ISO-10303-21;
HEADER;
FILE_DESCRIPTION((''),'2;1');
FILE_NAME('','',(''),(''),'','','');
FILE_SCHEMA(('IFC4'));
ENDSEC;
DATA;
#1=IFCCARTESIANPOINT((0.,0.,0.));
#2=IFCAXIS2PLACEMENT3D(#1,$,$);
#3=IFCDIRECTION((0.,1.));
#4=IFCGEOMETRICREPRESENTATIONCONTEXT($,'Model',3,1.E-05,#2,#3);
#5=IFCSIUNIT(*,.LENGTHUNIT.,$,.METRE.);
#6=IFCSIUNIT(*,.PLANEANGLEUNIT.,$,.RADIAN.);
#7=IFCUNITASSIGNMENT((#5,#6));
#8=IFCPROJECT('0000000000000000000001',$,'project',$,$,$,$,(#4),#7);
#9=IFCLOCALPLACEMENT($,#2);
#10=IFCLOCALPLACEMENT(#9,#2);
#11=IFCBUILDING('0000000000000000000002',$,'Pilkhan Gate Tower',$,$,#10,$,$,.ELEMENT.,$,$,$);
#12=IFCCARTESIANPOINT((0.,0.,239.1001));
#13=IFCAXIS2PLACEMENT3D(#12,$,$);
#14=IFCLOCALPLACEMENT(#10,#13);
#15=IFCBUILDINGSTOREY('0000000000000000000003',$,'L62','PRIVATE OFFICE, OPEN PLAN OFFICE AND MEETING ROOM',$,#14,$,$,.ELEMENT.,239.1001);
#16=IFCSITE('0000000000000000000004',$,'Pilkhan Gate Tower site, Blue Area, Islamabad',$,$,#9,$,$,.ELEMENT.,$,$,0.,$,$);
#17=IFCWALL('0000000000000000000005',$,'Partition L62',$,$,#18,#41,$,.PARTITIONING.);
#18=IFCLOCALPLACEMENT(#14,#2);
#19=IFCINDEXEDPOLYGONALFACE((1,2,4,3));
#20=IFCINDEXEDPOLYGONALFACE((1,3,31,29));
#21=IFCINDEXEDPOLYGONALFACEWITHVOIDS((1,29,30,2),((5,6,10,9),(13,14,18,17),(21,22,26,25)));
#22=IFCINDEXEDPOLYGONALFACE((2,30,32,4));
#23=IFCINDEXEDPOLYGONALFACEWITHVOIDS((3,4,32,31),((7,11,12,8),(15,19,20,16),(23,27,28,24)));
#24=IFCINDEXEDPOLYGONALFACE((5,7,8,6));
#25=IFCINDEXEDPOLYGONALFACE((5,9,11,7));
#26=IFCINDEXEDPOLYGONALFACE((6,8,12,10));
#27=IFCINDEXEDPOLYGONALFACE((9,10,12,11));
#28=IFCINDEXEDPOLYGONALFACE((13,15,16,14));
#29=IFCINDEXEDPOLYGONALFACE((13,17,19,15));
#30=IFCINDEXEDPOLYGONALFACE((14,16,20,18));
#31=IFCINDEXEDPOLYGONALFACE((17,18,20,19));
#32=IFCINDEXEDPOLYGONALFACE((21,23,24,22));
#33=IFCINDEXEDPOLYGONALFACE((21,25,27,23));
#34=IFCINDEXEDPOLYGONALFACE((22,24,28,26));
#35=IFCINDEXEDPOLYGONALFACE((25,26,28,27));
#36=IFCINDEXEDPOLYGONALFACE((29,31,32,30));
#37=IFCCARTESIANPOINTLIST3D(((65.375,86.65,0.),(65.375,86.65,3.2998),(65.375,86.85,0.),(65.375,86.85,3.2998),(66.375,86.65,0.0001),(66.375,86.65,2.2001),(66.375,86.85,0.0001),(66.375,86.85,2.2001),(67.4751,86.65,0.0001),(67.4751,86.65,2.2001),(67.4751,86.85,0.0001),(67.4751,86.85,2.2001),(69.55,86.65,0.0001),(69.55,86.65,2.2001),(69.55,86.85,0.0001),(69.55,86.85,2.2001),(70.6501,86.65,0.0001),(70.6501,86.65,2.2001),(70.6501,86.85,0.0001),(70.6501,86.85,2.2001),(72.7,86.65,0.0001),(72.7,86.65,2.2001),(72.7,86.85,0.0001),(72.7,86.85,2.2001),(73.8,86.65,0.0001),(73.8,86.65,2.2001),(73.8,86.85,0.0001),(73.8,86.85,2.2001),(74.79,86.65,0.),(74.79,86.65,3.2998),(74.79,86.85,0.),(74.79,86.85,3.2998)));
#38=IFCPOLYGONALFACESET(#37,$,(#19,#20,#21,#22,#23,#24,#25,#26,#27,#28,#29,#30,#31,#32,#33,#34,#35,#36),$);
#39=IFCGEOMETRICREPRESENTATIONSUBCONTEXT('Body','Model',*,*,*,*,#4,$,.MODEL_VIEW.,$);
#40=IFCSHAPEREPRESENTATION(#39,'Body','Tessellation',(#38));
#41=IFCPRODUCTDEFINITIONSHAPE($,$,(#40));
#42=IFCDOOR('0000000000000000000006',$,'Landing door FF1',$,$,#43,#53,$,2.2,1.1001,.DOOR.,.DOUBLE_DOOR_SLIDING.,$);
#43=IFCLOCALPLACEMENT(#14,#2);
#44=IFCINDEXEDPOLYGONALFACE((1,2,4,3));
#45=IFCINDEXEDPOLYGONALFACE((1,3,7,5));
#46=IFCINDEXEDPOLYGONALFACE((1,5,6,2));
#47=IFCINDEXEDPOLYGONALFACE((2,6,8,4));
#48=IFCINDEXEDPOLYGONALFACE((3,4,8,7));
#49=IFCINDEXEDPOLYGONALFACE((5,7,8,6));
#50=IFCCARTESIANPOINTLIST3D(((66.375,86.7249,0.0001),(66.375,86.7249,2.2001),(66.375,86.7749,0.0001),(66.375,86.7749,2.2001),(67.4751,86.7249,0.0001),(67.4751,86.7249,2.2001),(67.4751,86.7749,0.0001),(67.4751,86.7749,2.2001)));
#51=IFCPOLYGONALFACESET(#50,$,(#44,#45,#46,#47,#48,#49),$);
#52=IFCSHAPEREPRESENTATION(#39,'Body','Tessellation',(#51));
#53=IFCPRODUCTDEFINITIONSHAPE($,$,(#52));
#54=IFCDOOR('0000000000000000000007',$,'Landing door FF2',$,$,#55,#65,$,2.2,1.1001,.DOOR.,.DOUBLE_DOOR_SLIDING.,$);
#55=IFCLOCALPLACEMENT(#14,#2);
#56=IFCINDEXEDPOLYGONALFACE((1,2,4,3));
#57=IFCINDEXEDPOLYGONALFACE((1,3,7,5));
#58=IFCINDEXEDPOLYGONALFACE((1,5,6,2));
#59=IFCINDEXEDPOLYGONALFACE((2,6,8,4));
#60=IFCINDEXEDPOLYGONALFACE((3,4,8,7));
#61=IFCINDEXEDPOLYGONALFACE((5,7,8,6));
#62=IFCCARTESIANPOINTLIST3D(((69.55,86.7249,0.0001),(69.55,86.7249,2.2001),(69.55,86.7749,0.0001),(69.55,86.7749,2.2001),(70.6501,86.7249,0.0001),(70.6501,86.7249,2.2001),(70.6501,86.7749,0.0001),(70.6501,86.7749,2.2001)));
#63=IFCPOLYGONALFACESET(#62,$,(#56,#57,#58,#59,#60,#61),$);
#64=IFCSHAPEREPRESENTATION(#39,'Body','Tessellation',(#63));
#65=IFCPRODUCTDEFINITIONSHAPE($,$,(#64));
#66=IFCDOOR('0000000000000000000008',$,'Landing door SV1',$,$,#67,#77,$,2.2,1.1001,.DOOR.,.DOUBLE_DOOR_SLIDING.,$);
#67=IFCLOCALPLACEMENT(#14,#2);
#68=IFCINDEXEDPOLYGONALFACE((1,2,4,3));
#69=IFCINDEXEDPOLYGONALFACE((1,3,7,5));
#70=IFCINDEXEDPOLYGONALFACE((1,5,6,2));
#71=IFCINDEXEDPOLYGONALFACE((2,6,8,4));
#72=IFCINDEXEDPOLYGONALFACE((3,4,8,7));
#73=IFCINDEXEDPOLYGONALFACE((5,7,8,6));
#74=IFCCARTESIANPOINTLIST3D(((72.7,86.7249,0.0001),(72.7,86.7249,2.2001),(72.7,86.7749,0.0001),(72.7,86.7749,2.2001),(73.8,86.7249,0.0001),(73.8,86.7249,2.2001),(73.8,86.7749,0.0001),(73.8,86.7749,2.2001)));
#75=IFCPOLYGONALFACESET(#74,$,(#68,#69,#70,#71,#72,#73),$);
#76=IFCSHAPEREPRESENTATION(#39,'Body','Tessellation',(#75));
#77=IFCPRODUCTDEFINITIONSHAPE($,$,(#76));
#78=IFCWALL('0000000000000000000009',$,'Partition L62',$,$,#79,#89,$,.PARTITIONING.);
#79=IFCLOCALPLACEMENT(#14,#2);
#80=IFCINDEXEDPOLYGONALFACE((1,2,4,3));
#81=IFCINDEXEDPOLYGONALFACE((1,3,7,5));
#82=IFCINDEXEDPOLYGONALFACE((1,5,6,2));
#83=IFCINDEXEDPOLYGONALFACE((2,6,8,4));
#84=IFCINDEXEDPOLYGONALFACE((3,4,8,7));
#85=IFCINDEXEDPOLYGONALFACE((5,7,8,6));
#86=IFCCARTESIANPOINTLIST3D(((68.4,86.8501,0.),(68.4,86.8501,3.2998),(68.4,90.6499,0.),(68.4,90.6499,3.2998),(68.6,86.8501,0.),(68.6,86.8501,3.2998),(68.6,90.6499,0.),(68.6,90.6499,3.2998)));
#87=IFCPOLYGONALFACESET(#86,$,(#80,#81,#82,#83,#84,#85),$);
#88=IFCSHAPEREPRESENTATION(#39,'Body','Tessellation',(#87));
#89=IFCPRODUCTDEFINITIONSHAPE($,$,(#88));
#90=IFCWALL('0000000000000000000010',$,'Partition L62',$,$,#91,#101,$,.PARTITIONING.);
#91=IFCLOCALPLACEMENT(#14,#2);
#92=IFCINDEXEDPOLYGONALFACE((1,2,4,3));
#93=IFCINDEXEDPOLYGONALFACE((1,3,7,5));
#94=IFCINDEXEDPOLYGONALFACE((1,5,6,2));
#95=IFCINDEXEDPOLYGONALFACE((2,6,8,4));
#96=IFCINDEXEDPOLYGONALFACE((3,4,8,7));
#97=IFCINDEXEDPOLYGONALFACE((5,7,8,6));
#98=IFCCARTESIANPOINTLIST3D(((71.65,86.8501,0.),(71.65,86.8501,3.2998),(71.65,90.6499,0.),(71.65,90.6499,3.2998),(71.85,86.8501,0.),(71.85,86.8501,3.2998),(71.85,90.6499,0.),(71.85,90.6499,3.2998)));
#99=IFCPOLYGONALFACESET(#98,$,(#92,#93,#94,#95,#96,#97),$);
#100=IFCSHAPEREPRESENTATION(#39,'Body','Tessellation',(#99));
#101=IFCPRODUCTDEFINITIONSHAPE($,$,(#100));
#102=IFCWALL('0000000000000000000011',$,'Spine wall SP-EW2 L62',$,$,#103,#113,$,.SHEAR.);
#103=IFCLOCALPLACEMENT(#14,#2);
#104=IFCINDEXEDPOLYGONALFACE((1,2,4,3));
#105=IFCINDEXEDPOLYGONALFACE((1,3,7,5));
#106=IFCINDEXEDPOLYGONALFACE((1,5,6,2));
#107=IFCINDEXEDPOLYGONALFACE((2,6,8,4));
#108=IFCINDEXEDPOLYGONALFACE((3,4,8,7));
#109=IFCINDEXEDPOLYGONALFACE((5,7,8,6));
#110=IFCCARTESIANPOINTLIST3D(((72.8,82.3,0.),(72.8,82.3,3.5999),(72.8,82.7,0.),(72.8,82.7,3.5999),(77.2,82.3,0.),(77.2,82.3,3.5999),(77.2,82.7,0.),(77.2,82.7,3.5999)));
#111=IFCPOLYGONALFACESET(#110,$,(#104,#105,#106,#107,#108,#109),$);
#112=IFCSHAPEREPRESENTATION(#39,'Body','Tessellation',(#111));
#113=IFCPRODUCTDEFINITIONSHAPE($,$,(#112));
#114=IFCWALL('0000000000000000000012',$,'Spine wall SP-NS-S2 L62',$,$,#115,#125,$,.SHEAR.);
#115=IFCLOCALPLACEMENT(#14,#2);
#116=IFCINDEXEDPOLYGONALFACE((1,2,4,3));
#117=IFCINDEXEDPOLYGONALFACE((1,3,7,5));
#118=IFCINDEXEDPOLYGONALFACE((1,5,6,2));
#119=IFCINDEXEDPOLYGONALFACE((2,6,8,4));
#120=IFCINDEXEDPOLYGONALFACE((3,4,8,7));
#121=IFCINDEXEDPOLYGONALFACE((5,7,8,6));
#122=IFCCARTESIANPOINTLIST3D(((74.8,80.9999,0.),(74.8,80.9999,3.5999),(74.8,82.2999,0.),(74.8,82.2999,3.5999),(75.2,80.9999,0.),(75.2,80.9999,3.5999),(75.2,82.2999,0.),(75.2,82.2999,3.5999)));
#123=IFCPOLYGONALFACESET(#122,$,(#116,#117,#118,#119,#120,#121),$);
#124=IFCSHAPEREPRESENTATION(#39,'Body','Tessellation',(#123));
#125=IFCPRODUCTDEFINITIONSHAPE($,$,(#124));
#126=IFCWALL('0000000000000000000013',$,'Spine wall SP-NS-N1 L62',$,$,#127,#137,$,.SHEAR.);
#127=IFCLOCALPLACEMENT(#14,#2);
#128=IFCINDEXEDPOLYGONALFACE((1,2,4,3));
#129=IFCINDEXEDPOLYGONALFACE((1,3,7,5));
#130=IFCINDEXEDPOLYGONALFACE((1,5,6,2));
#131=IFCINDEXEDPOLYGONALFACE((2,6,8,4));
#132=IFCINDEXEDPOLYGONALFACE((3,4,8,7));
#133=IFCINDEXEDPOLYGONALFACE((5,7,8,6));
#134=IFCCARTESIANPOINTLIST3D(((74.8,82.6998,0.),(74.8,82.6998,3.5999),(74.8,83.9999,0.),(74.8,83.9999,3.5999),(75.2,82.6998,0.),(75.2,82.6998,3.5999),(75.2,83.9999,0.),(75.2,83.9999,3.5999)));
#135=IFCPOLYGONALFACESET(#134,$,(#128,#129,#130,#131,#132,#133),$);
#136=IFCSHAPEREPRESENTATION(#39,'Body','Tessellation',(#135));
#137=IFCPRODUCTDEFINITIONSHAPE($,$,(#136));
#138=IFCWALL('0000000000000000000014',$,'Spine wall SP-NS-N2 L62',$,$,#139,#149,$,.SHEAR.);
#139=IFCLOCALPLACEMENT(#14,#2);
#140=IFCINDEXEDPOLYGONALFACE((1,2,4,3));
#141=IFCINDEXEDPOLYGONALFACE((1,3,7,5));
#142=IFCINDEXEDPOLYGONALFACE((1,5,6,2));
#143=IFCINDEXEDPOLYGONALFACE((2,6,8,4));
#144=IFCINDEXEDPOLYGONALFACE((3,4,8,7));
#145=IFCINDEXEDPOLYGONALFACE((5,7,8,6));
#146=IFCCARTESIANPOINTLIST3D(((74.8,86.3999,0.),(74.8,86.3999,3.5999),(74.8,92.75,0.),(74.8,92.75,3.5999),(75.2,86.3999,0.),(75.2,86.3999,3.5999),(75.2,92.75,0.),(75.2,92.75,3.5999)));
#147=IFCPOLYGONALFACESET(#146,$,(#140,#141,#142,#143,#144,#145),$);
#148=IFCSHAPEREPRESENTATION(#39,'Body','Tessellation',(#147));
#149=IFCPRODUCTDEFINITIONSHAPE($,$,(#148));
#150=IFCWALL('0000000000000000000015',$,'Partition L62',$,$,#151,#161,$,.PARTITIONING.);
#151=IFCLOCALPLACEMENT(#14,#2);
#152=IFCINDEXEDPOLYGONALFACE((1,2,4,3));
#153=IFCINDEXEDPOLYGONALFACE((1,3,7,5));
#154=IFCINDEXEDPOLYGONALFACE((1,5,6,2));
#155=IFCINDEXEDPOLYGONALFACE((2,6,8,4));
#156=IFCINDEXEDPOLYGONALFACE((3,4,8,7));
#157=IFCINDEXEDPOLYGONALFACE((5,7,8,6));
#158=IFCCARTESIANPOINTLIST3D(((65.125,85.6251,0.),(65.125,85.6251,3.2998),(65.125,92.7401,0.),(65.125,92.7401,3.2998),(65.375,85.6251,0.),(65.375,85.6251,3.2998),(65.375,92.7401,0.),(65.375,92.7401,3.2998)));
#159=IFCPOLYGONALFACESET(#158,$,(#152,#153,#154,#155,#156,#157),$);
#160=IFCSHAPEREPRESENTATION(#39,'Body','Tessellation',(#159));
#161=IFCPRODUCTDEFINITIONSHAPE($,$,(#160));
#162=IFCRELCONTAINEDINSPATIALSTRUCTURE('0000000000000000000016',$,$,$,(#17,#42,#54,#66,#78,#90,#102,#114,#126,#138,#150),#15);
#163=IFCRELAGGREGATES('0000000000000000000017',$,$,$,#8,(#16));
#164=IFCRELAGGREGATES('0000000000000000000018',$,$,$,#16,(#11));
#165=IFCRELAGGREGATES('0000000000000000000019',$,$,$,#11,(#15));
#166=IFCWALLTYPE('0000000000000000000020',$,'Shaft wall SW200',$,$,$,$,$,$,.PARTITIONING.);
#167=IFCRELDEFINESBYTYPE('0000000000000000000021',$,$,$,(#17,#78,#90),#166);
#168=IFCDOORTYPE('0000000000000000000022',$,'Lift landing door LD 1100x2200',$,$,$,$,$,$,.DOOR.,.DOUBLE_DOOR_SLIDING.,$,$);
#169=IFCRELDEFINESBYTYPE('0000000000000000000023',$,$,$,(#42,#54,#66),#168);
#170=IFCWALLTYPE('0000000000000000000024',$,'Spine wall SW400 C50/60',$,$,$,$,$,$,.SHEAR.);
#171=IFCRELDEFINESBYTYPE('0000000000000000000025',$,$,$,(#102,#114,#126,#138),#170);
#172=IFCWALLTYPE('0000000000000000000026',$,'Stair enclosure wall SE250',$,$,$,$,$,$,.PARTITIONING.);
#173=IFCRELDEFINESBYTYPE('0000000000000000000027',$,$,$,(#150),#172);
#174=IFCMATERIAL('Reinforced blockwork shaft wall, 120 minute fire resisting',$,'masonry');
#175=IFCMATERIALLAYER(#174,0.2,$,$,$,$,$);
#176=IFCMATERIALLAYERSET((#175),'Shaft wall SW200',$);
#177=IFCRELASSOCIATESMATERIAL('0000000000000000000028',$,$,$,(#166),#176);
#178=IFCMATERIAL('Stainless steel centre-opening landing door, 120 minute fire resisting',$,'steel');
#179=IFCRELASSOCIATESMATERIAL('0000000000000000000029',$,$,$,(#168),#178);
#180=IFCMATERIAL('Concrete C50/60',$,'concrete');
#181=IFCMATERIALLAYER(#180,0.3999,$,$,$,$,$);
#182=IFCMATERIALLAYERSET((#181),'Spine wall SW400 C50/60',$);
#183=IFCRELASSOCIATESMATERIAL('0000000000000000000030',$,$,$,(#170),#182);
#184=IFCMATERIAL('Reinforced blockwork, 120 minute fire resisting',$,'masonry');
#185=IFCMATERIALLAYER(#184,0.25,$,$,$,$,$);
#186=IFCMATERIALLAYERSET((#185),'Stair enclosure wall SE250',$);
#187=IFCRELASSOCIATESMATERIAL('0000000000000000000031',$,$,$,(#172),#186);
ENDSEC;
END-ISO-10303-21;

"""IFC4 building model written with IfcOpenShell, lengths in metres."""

from ifc_helpers import new_model, si_unit, direction, frame, frame_2d, origin, place, context, subcontext, project, spatial, rectangle, extrude, material, layer, layer_set, type_object, element, fill, save


model = new_model("IFC4")

# Units and contexts
model_context = context("Model", 3, precision=1e-05, world=origin(), true_north=direction((0.0, 1.0)))
body_context = subcontext(model_context, "Body", "Model", "MODEL_VIEW")
ifc_project = project(units=[si_unit("LENGTHUNIT", "METRE"), si_unit("PLANEANGLEUNIT", "RADIAN")], contexts=[model_context])

# Site, building, storey
site_placement = place(None, origin())
site = spatial("IfcSite", under=ifc_project, at=site_placement, Name="Pilkhan Gate Tower site, Blue Area, Islamabad", CompositionType="ELEMENT", RefElevation=0.0)
building_placement = place(site_placement, origin())
building = spatial("IfcBuilding", under=site, at=building_placement, Name="Pilkhan Gate Tower", CompositionType="ELEMENT")
storey_placement = place(building_placement, frame((0.0, 0.0, 239.1001)))
storey = spatial("IfcBuildingStorey", under=building, at=storey_placement, Name="L62", Description="PRIVATE OFFICE, OPEN PLAN OFFICE AND MEETING ROOM", CompositionType="ELEMENT", Elevation=239.1001)

# Shared definitions
ifc_material_1 = material(Name="Concrete C50/60", Category="concrete")

# Wall, openings, doors
ifc_material_2 = material(Name="Reinforced blockwork shaft wall, 120 minute fire resisting", Category="masonry")
ifc_layer_1 = layer(ifc_material_2, 0.2)
ifc_layer_set_1 = layer_set([ifc_layer_1], Name="Shaft wall SW200")
wall_type_1 = type_object("IfcWallType", Name="Shaft wall SW200", PredefinedType="PARTITIONING", material=ifc_layer_set_1)
wall_1_placement = place(storey_placement, frame((65.375, 86.75, 0.0), z_axis=(0.0, 0.0, 1.0), x_axis=(1.0, 0.0, 0.0)))
wall_1 = element("IfcWall", 1, at=wall_1_placement, inside=storey, type_object=wall_type_1, Name="Partition L62", PredefinedType="PARTITIONING", context=body_context, shape_type="SweptSolid", body=[
    extrude(rectangle(XDim=9.415, YDim=0.2, at=frame_2d((4.7075, 0.0))), origin(), (0.0, 0.0, 1.0), 3.2998),
])
opening_1_placement = place(wall_1_placement, frame((1.0, 0.0, 0.0)))
opening_1 = element("IfcOpeningElement", 2, at=opening_1_placement, cuts=wall_1, PredefinedType="OPENING", context=body_context, shape_type="SweptSolid", body=[
    extrude(rectangle(XDim=1.1001, YDim=2.2, at=frame_2d((0.55, 1.1001))), frame((0.0, 0.1099, 0.0), z_axis=(0.0, -1.0, 0.0), x_axis=(1.0, 0.0, 0.0)), (0.0, 0.0, 1.0), 0.22),
])
opening_2_placement = place(wall_1_placement, frame((4.175, 0.0, 0.0)))
opening_2 = element("IfcOpeningElement", 3, at=opening_2_placement, cuts=wall_1, PredefinedType="OPENING", context=body_context, shape_type="SweptSolid", body=[
    extrude(rectangle(XDim=1.1001, YDim=2.2, at=frame_2d((0.55, 1.1001))), frame((0.0, 0.1099, 0.0), z_axis=(0.0, -1.0, 0.0), x_axis=(1.0, 0.0, 0.0)), (0.0, 0.0, 1.0), 0.22),
])
opening_3_placement = place(wall_1_placement, frame((7.325, 0.0, 0.0)))
opening_3 = element("IfcOpeningElement", 4, at=opening_3_placement, cuts=wall_1, PredefinedType="OPENING", context=body_context, shape_type="SweptSolid", body=[
    extrude(rectangle(XDim=1.1001, YDim=2.2, at=frame_2d((0.55, 1.1001))), frame((0.0, 0.1099, 0.0), z_axis=(0.0, -1.0, 0.0), x_axis=(1.0, 0.0, 0.0)), (0.0, 0.0, 1.0), 0.22),
])
ifc_material_3 = material(Name="Stainless steel centre-opening landing door, 120 minute fire resisting", Category="steel")
door_type_1 = type_object("IfcDoorType", Name="Lift landing door LD 1100x2200", OperationType="DOUBLE_DOOR_SLIDING", PredefinedType="DOOR", material=ifc_material_3)
door_1_placement = place(opening_1_placement, origin())
door_1 = element("IfcDoor", 5, at=door_1_placement, inside=storey, type_object=door_type_1, Name="Landing door FF1", OperationType="DOUBLE_DOOR_SLIDING", OverallHeight=2.2, OverallWidth=1.1001, PredefinedType="DOOR", context=body_context, shape_type="SweptSolid", body=[
    extrude(rectangle(XDim=1.1001, YDim=2.2, at=frame_2d((0.55, 1.1001))), frame((0.0, 0.0249, 0.0), z_axis=(0.0, -1.0, 0.0), x_axis=(1.0, 0.0, 0.0)), (0.0, 0.0, 1.0), 0.05),
])
fill(opening_1, door_1)
door_2_placement = place(opening_2_placement, origin())
door_2 = element("IfcDoor", 6, at=door_2_placement, inside=storey, type_object=door_type_1, Name="Landing door FF2", OperationType="DOUBLE_DOOR_SLIDING", OverallHeight=2.2, OverallWidth=1.1001, PredefinedType="DOOR", context=body_context, shape_type="SweptSolid", body=[
    extrude(rectangle(XDim=1.1001, YDim=2.2, at=frame_2d((0.55, 1.1001))), frame((0.0, 0.0249, 0.0), z_axis=(0.0, -1.0, 0.0), x_axis=(1.0, 0.0, 0.0)), (0.0, 0.0, 1.0), 0.05),
])
fill(opening_2, door_2)
door_3_placement = place(opening_3_placement, origin())
door_3 = element("IfcDoor", 7, at=door_3_placement, inside=storey, type_object=door_type_1, Name="Landing door SV1", OperationType="DOUBLE_DOOR_SLIDING", OverallHeight=2.2, OverallWidth=1.1001, PredefinedType="DOOR", context=body_context, shape_type="SweptSolid", body=[
    extrude(rectangle(XDim=1.1001, YDim=2.2, at=frame_2d((0.55, 1.1001))), frame((0.0, 0.0249, 0.0), z_axis=(0.0, -1.0, 0.0), x_axis=(1.0, 0.0, 0.0)), (0.0, 0.0, 1.0), 0.05),
])
fill(opening_3, door_3)

# Walls
for number, where, z_axis, x_axis, name in (
    (8, (68.5, 86.8501, 0.0), (0.0, 0.0, 1.0), (0.0, 1.0, 0.0), "Partition L62"),
    (9, (71.75, 86.8501, 0.0), (0.0, 0.0, 1.0), (0.0, 1.0, 0.0), "Partition L62"),
):
    element("IfcWall", number, at=place(storey_placement, frame(where, z_axis=z_axis, x_axis=x_axis)), inside=storey, type_object=wall_type_1, Name=name, PredefinedType="PARTITIONING", context=body_context, shape_type="SweptSolid", body=[
        extrude(rectangle(XDim=3.7998, YDim=0.2, at=frame_2d((1.8999, 0.0))), origin(), (0.0, 0.0, 1.0), 3.2998),
    ])
ifc_layer_2 = layer(ifc_material_1, 0.3999)
ifc_layer_set_2 = layer_set([ifc_layer_2], Name="Spine wall SW400 C50/60")
wall_type_2 = type_object("IfcWallType", Name="Spine wall SW400 C50/60", PredefinedType="SHEAR", material=ifc_layer_set_2)
wall_2_placement = place(storey_placement, frame((72.8, 82.5, 0.0), z_axis=(0.0, 0.0, 1.0), x_axis=(1.0, 0.0, 0.0)))
element("IfcWall", 10, at=wall_2_placement, inside=storey, type_object=wall_type_2, Name="Spine wall SP-EW2 L62", PredefinedType="SHEAR", context=body_context, shape_type="SweptSolid", body=[
    extrude(rectangle(XDim=4.3999, YDim=0.3999, at=frame_2d((2.2, 0.0))), origin(), (0.0, 0.0, 1.0), 3.5999),
])
for number, where, z_axis, x_axis, name in (
    (11, (75.0, 81.0, 0.0), (0.0, 0.0, 1.0), (0.0, 1.0, 0.0), "Spine wall SP-NS-S2 L62"),
    (12, (75.0, 82.7, 0.0), (0.0, 0.0, 1.0), (0.0, 1.0, 0.0), "Spine wall SP-NS-N1 L62"),
):
    element("IfcWall", number, at=place(storey_placement, frame(where, z_axis=z_axis, x_axis=x_axis)), inside=storey, type_object=wall_type_2, Name=name, PredefinedType="SHEAR", context=body_context, shape_type="SweptSolid", body=[
        extrude(rectangle(XDim=1.3, YDim=0.3999, at=frame_2d((0.6499, 0.0))), origin(), (0.0, 0.0, 1.0), 3.5999),
    ])
wall_3_placement = place(storey_placement, frame((75.0, 86.3999, 0.0), z_axis=(0.0, 0.0, 1.0), x_axis=(0.0, 1.0, 0.0)))
element("IfcWall", 13, at=wall_3_placement, inside=storey, type_object=wall_type_2, Name="Spine wall SP-NS-N2 L62", PredefinedType="SHEAR", context=body_context, shape_type="SweptSolid", body=[
    extrude(rectangle(XDim=6.3501, YDim=0.3999, at=frame_2d((3.175, 0.0))), origin(), (0.0, 0.0, 1.0), 3.5999),
])
ifc_material_4 = material(Name="Reinforced blockwork, 120 minute fire resisting", Category="masonry")
ifc_layer_3 = layer(ifc_material_4, 0.25)
ifc_layer_set_3 = layer_set([ifc_layer_3], Name="Stair enclosure wall SE250")
wall_type_3 = type_object("IfcWallType", Name="Stair enclosure wall SE250", PredefinedType="PARTITIONING", material=ifc_layer_set_3)
wall_4_placement = place(storey_placement, frame((65.25, 85.625, 0.0), z_axis=(0.0, 0.0, 1.0), x_axis=(0.0, 1.0, 0.0)))
element("IfcWall", 14, at=wall_4_placement, inside=storey, type_object=wall_type_3, Name="Partition L62", PredefinedType="PARTITIONING", context=body_context, shape_type="SweptSolid", body=[
    extrude(rectangle(XDim=7.115, YDim=0.25, at=frame_2d((3.5576, 0.0))), origin(), (0.0, 0.0, 1.0), 3.2998),
])

save(model, "model.ifc")
